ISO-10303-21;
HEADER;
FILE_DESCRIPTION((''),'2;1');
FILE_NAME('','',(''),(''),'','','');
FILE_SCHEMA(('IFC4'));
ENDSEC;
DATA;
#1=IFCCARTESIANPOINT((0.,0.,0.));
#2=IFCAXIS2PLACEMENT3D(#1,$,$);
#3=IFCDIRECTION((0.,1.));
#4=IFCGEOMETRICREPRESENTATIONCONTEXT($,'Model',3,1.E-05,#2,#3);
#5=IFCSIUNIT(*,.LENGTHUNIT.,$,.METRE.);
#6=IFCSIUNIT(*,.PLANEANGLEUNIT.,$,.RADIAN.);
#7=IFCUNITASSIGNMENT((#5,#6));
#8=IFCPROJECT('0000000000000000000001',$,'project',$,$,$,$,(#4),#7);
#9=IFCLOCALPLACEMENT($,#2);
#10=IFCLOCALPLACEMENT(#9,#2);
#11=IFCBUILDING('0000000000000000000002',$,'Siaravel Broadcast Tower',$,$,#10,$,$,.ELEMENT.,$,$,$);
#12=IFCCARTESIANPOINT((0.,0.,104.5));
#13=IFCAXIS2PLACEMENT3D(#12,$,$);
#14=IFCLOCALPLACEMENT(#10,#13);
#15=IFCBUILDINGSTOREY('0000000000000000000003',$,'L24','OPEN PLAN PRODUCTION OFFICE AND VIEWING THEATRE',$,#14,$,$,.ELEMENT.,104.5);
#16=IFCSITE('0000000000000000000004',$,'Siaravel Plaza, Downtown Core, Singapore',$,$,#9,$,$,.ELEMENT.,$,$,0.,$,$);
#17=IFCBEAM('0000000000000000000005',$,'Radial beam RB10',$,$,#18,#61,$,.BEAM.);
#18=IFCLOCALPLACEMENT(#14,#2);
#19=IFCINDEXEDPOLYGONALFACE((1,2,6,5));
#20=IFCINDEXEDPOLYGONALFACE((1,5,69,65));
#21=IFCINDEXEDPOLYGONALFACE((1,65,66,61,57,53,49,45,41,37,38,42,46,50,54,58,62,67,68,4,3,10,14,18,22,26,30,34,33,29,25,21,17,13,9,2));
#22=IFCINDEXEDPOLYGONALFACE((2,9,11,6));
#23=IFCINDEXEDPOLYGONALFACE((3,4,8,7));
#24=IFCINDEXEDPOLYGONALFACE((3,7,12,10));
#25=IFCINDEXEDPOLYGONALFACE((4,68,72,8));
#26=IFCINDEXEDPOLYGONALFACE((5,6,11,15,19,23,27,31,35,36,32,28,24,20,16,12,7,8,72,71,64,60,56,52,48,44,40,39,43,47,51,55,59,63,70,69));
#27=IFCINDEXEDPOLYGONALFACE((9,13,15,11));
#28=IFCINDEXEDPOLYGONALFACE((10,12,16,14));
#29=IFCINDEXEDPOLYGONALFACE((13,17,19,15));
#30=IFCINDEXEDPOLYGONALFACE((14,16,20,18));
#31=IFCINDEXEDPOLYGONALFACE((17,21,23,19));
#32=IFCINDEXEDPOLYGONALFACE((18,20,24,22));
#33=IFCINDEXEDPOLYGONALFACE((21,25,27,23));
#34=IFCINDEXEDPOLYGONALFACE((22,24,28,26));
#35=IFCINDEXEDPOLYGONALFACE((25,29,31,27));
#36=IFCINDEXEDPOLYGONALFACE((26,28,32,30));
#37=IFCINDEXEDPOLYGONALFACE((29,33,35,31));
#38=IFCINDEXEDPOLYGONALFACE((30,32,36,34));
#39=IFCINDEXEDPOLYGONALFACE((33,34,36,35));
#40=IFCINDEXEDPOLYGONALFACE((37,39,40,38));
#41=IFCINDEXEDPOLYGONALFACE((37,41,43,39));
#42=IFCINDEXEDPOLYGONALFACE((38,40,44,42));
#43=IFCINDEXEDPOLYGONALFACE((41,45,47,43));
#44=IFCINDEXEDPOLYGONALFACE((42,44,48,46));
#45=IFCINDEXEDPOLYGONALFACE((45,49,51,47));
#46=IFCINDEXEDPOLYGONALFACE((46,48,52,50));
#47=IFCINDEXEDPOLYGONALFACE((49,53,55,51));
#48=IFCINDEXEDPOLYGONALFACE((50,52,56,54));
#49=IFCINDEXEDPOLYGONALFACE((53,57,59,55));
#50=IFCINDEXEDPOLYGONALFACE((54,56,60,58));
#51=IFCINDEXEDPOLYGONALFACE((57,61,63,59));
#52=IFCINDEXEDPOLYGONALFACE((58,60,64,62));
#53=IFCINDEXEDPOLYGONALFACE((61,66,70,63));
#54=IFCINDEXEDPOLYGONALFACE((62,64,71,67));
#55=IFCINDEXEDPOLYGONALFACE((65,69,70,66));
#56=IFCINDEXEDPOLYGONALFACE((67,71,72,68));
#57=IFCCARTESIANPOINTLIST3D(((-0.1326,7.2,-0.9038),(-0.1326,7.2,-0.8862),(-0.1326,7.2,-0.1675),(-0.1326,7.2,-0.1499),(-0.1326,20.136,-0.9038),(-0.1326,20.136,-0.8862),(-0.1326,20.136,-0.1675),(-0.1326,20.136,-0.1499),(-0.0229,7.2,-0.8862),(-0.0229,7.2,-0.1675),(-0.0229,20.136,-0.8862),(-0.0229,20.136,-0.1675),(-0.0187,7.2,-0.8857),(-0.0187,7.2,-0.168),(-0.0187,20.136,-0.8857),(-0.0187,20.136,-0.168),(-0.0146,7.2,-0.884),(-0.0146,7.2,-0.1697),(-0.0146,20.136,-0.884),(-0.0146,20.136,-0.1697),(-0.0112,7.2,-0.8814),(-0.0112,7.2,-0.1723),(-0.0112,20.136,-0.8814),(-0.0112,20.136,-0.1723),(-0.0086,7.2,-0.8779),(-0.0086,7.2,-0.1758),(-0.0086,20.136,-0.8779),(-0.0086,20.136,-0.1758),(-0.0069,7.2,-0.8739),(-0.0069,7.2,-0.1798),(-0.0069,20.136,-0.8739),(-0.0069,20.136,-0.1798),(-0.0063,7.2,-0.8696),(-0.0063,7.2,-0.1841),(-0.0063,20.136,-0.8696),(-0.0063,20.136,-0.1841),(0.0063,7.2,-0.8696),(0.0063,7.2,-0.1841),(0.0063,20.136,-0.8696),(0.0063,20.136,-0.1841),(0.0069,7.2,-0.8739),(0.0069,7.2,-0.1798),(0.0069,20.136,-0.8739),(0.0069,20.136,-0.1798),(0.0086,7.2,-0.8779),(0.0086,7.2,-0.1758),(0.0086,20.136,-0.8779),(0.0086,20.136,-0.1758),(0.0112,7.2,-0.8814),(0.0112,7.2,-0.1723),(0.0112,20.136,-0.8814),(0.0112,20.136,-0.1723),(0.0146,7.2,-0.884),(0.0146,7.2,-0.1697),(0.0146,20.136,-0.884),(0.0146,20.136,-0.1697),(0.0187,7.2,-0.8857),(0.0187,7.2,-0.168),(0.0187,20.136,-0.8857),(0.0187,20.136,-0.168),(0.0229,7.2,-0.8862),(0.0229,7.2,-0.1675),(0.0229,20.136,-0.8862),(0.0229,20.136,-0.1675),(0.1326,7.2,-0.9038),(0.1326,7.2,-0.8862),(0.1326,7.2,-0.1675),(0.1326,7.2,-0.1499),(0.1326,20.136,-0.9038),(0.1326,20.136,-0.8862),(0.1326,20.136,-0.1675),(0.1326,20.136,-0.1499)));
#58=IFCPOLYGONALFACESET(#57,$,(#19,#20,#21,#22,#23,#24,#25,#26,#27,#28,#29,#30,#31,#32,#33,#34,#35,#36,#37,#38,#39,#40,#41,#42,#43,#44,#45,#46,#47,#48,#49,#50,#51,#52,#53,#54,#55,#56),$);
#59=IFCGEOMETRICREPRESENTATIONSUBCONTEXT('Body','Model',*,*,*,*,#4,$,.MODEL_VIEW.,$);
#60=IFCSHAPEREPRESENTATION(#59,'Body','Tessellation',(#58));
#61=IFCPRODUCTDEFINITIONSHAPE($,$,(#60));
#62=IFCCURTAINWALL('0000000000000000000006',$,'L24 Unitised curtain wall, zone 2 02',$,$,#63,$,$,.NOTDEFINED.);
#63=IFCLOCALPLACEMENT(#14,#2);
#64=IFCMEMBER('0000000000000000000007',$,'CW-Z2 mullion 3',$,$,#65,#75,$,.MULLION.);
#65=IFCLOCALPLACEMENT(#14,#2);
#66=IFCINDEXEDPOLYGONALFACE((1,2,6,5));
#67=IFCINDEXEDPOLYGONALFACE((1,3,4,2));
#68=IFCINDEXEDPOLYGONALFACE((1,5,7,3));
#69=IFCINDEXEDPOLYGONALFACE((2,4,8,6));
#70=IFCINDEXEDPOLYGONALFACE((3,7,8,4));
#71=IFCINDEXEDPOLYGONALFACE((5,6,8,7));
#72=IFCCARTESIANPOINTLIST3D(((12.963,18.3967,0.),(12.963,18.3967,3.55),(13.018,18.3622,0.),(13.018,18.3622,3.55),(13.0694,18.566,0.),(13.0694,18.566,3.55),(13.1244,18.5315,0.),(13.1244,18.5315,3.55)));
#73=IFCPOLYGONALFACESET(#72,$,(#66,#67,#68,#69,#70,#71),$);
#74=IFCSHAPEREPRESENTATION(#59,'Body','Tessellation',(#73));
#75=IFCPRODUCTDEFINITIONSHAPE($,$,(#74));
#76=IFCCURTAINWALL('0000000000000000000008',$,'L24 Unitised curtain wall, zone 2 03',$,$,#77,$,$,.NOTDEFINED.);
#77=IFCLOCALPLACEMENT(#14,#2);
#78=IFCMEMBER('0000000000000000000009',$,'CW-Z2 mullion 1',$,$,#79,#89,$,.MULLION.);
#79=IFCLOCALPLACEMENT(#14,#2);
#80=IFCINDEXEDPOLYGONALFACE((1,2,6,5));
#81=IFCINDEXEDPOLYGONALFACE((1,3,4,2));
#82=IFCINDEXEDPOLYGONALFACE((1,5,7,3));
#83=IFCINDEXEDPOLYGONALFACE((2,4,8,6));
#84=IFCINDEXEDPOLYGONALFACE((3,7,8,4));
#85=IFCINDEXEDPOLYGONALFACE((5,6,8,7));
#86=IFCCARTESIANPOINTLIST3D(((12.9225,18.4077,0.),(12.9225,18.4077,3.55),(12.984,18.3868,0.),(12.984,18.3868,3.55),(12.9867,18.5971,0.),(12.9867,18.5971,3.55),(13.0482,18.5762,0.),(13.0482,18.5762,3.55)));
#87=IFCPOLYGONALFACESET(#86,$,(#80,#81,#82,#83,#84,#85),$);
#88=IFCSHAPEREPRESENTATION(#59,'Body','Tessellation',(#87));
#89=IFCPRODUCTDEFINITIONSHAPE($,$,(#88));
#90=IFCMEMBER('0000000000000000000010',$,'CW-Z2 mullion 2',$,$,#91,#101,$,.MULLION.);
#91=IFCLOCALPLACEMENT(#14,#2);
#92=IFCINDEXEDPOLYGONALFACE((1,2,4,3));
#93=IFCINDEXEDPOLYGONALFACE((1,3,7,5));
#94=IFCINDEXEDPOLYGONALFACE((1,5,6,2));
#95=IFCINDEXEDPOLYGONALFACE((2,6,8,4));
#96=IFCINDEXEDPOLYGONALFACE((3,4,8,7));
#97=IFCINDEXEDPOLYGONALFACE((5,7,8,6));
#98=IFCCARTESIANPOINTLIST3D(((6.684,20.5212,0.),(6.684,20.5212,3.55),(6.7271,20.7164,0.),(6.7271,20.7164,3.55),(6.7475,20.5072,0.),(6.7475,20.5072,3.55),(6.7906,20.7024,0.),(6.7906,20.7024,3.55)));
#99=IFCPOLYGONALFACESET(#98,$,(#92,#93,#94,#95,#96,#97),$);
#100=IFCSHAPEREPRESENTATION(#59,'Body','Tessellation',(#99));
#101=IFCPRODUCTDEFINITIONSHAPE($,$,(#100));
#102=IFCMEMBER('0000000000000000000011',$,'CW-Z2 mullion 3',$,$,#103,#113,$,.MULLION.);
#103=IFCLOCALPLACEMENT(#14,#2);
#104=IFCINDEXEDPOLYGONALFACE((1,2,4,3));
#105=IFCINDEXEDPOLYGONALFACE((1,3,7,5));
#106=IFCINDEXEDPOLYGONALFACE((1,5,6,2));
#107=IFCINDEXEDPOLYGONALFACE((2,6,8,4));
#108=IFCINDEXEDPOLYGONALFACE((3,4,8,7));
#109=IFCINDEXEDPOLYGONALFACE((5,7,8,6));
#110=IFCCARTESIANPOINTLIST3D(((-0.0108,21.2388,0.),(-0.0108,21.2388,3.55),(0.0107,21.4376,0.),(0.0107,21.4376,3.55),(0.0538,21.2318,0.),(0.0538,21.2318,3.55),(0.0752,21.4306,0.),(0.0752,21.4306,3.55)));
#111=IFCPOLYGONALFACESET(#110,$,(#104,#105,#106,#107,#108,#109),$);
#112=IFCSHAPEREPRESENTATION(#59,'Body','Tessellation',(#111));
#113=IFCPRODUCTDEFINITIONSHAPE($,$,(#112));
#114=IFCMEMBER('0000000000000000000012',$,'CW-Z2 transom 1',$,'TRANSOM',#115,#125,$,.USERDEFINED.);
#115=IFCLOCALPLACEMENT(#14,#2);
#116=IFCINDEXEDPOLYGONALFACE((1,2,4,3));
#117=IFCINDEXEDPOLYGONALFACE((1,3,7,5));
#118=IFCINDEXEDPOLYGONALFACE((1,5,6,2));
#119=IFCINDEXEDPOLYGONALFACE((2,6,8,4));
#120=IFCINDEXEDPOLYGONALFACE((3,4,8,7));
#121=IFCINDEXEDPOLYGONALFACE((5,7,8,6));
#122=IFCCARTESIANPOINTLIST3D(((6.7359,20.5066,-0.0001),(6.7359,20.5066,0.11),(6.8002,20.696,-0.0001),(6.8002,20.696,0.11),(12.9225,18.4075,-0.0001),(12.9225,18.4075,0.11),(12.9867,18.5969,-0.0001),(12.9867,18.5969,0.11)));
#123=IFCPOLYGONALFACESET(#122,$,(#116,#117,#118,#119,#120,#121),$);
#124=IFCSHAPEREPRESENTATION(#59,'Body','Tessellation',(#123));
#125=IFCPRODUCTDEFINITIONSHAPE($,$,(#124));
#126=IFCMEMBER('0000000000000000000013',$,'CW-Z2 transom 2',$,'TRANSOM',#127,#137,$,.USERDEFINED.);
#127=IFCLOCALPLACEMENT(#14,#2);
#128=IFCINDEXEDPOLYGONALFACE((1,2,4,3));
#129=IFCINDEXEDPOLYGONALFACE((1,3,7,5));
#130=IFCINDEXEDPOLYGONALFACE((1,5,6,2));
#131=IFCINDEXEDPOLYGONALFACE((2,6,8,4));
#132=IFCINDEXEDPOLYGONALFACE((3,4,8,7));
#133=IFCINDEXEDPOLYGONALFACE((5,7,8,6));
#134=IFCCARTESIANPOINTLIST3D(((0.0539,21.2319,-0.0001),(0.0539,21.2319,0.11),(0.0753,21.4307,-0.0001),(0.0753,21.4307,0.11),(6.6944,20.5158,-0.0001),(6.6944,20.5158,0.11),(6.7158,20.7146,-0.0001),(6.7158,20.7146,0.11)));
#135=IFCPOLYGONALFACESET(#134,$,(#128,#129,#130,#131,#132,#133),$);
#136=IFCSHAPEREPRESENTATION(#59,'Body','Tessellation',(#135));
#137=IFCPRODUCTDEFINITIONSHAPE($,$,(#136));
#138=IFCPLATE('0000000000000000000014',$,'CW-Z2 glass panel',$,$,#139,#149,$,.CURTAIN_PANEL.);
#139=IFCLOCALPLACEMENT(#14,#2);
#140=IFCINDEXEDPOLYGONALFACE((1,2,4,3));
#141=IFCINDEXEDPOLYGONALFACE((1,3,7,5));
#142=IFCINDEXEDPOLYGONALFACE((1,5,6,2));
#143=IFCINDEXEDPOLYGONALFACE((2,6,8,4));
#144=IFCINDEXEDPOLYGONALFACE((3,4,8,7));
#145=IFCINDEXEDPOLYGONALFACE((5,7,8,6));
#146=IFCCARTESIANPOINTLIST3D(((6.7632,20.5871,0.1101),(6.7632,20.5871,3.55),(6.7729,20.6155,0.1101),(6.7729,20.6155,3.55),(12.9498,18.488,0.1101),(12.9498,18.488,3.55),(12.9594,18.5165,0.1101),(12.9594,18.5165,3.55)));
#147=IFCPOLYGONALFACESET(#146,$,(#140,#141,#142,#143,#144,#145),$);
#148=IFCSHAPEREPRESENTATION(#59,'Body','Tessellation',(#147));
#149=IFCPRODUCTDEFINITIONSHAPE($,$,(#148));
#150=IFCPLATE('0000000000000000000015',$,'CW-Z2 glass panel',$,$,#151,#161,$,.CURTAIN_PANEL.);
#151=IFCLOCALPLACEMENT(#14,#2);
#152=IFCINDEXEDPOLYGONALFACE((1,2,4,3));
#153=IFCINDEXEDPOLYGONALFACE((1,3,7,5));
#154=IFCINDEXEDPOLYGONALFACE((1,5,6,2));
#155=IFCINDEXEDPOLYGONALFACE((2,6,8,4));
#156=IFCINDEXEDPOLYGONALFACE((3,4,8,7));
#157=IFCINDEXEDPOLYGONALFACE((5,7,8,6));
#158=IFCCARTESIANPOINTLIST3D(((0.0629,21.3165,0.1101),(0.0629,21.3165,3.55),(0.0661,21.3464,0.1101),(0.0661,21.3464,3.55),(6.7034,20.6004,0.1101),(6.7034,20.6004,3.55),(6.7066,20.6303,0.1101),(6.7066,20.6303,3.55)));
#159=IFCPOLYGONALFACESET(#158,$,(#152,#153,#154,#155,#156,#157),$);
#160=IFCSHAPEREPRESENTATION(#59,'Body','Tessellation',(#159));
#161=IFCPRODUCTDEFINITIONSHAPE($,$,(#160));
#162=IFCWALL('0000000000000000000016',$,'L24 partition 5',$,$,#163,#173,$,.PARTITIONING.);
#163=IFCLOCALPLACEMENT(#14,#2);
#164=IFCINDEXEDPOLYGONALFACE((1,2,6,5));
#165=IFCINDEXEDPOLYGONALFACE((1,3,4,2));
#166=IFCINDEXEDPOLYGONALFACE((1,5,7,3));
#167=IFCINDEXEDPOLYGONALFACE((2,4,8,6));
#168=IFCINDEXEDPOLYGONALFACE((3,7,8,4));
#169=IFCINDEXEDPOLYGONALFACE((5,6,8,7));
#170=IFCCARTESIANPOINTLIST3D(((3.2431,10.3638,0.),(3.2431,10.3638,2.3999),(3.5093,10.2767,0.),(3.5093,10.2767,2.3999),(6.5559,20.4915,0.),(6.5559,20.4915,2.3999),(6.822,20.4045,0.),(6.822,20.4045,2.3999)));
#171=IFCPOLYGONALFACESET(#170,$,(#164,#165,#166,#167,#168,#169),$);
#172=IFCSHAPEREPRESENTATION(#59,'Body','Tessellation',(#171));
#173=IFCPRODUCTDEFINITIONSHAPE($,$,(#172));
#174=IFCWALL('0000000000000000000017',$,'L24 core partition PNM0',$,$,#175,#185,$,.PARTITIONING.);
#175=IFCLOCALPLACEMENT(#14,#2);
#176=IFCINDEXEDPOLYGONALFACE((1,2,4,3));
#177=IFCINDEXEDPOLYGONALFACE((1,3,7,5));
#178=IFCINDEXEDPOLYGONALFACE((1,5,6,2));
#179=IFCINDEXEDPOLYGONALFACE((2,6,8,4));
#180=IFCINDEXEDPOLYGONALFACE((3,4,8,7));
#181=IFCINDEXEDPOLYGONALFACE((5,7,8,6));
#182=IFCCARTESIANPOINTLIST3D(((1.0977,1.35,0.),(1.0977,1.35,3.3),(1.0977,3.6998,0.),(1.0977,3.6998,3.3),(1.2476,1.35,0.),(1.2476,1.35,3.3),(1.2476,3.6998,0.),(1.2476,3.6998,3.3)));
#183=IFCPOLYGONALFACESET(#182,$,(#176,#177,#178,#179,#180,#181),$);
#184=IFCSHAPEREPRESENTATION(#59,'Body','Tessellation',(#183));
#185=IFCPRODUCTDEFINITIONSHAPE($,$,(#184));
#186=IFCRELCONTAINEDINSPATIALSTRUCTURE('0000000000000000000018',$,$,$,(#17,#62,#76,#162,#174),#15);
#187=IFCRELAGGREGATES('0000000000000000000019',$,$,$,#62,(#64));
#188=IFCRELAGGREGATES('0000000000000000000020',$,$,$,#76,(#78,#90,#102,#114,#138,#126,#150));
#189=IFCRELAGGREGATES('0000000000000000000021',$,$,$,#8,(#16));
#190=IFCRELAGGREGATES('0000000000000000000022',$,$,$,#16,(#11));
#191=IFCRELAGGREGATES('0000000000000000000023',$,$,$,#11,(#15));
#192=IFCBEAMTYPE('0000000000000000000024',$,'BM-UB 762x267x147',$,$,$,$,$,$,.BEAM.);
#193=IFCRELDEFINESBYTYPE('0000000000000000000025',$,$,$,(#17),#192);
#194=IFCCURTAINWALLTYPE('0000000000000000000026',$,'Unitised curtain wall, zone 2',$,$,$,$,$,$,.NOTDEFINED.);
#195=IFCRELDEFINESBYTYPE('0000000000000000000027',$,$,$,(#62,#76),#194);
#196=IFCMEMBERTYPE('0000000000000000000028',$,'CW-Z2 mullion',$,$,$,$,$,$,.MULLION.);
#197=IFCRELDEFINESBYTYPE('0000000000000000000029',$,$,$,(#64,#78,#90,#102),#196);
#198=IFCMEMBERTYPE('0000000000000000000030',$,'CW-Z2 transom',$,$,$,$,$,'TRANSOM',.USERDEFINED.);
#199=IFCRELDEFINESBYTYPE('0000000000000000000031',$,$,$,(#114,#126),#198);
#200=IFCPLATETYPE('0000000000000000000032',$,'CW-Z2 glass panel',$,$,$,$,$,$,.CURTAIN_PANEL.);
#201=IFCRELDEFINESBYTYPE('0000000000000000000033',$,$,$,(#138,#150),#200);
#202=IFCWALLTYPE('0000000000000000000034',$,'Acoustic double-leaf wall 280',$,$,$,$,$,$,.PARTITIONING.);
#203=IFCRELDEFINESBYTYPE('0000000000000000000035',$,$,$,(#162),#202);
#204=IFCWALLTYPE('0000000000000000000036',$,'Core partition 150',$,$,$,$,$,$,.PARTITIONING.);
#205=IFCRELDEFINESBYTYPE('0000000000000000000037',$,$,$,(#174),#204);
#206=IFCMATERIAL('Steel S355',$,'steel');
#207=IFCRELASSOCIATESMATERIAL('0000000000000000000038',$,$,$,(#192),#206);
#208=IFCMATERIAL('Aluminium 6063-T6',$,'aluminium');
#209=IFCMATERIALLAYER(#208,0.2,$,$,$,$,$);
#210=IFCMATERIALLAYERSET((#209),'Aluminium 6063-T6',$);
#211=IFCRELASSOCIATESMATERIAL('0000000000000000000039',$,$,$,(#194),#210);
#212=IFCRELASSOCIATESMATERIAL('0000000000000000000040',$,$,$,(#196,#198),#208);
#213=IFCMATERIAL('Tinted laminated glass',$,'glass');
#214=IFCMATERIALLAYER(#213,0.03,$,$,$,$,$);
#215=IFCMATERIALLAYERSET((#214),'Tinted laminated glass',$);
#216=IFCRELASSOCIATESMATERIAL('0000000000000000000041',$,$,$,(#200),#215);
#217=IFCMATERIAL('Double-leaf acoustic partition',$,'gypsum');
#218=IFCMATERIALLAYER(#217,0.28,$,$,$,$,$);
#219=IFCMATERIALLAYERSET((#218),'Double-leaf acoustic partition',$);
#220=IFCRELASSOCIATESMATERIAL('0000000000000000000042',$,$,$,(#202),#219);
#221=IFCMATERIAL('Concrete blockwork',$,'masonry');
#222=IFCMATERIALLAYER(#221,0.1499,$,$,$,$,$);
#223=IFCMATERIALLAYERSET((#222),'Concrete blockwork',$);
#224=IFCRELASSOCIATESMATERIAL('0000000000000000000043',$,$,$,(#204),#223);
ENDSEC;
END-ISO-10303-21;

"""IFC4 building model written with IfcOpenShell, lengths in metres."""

from ifc_helpers import new_model, si_unit, direction, frame, frame_2d, origin, origin_2d, place, context, subcontext, project, spatial, rectangle, i_section, extrude, material, layer, layer_set, material_profile, profile_set, type_object, element, aggregate, save


model = new_model("IFC4")

# Units and contexts
model_context = context("Model", 3, precision=1e-05, world=origin(), true_north=direction((0.0, 1.0)))
body_context = subcontext(model_context, "Body", "Model", "MODEL_VIEW")
ifc_project = project(units=[si_unit("LENGTHUNIT", "METRE"), si_unit("PLANEANGLEUNIT", "RADIAN")], contexts=[model_context])

# Site, building, storey
site_placement = place(None, origin())
site = spatial("IfcSite", under=ifc_project, at=site_placement, Name="Siaravel Plaza, Downtown Core, Singapore", CompositionType="ELEMENT", RefElevation=0.0)
building_placement = place(site_placement, origin())
building = spatial("IfcBuilding", under=site, at=building_placement, Name="Siaravel Broadcast Tower", CompositionType="ELEMENT")
storey_placement = place(building_placement, frame((0.0, 0.0, 104.5)))
storey = spatial("IfcBuildingStorey", under=building, at=storey_placement, Name="L24", Description="OPEN PLAN PRODUCTION OFFICE AND VIEWING THEATRE", CompositionType="ELEMENT", Elevation=104.5)

# Beam
ifc_material_1 = material(Name="Steel S355", Category="steel")
ifc_material_profile_1 = material_profile(ifc_material_1, i_section(OverallWidth=0.2651, OverallDepth=0.7539, WebThickness=0.0127, FlangeThickness=0.0176, FilletRadius=0.0166, at=origin_2d()))
ifc_profile_set_1 = profile_set([ifc_material_profile_1], Name="Steel S355")
beam_type = type_object("IfcBeamType", Name="BM-UB 762x267x147", PredefinedType="BEAM", material=ifc_profile_set_1)
beam_1_placement = place(storey_placement, frame((0.0, 20.136, -0.5269), z_axis=(0.0, -1.0, 0.0), x_axis=(1.0, 0.0, 0.0)))
element("IfcBeam", 1, at=beam_1_placement, inside=storey, type_object=beam_type, Name="Radial beam RB10", PredefinedType="BEAM", context=body_context, shape_type="SweptSolid", body=[
    extrude(i_section(OverallWidth=0.2651, OverallDepth=0.7539, WebThickness=0.0127, FlangeThickness=0.0176, FilletRadius=0.0166, at=origin_2d()), origin(), (0.0, 0.0, 1.0), 12.936),
])

# Curtain wall, member
ifc_material_2 = material(Name="Aluminium 6063-T6", Category="aluminium")
ifc_layer_1 = layer(ifc_material_2, 0.2)
ifc_layer_set_1 = layer_set([ifc_layer_1], Name="Aluminium 6063-T6")
curtain_wall_type = type_object("IfcCurtainWallType", Name="Unitised curtain wall, zone 2", PredefinedType="NOTDEFINED", material=ifc_layer_set_1)
curtain_wall_1_placement = place(storey_placement, origin())
curtain_wall_1 = element("IfcCurtainWall", 2, at=curtain_wall_1_placement, inside=storey, type_object=curtain_wall_type, Name="L24 Unitised curtain wall, zone 2 02", PredefinedType="NOTDEFINED")
ifc_material_profile_2 = material_profile(ifc_material_2, rectangle(XDim=0.2, YDim=0.0649, at=origin_2d()))
ifc_profile_set_2 = profile_set([ifc_material_profile_2], Name="Aluminium 6063-T6")
member_type_1 = type_object("IfcMemberType", Name="CW-Z2 mullion", PredefinedType="MULLION", material=ifc_profile_set_2)
member_1_placement = place(storey_placement, frame((13.0437, 18.4641, 0.0), z_axis=(0.0, 0.0, 1.0), x_axis=(-0.532149, -0.846651, 0.0)))
member_1 = element("IfcMember", 3, at=member_1_placement, type_object=member_type_1, Name="CW-Z2 mullion 3", PredefinedType="MULLION", context=body_context, shape_type="SweptSolid", body=[
    extrude(rectangle(XDim=0.2, YDim=0.0649, at=origin_2d()), origin(), (0.0, 0.0, 1.0), 3.55),
])
aggregate(curtain_wall_1, [member_1])

# Curtain wall, members, plates
curtain_wall_2_placement = place(storey_placement, origin())
curtain_wall_2 = element("IfcCurtainWall", 4, at=curtain_wall_2_placement, inside=storey, type_object=curtain_wall_type, Name="L24 Unitised curtain wall, zone 2 03", PredefinedType="NOTDEFINED")
member_2_placement = place(storey_placement, frame((12.9854, 18.4919, 0.0), z_axis=(0.0, 0.0, 1.0), x_axis=(-0.3213, -0.946977, 0.0)))
member_2 = element("IfcMember", 5, at=member_2_placement, type_object=member_type_1, Name="CW-Z2 mullion 1", PredefinedType="MULLION", context=body_context, shape_type="SweptSolid", body=[
    extrude(rectangle(XDim=0.2, YDim=0.0649, at=origin_2d()), origin(), (0.0, 0.0, 1.0), 3.55),
])
member_3_placement = place(storey_placement, frame((6.7373, 20.6118, 0.0), z_axis=(0.0, 0.0, 1.0), x_axis=(-0.215558, -0.976491, 0.0)))
member_3 = element("IfcMember", 6, at=member_3_placement, type_object=member_type_1, Name="CW-Z2 mullion 2", PredefinedType="MULLION", context=body_context, shape_type="SweptSolid", body=[
    extrude(rectangle(XDim=0.2, YDim=0.0649, at=origin_2d()), origin(), (0.0, 0.0, 1.0), 3.55),
])
member_4_placement = place(storey_placement, frame((0.0322, 21.3347, 0.0), z_axis=(0.0, 0.0, 1.0), x_axis=(-0.107217, -0.994236, 0.0)))
member_4 = element("IfcMember", 7, at=member_4_placement, type_object=member_type_1, Name="CW-Z2 mullion 3", PredefinedType="MULLION", context=body_context, shape_type="SweptSolid", body=[
    extrude(rectangle(XDim=0.2, YDim=0.0649, at=origin_2d()), origin(), (0.0, 0.0, 1.0), 3.55),
])
ifc_material_profile_3 = material_profile(ifc_material_2, rectangle(XDim=0.2, YDim=0.1101, at=origin_2d()))
ifc_profile_set_3 = profile_set([ifc_material_profile_3], Name="Aluminium 6063-T6")
member_type_2 = type_object("IfcMemberType", Name="CW-Z2 transom", ElementType="TRANSOM", PredefinedType="USERDEFINED", material=ifc_profile_set_3)
member_5_placement = place(storey_placement, frame((12.9546, 18.5022, 0.0549), z_axis=(-0.946973, 0.321313, 0.0), x_axis=(-0.321313, -0.946973, 0.0)))
member_5 = element("IfcMember", 8, at=member_5_placement, type_object=member_type_2, Name="CW-Z2 transom 1", ObjectType="TRANSOM", PredefinedType="USERDEFINED", context=body_context, shape_type="SweptSolid", body=[
    extrude(rectangle(XDim=0.2, YDim=0.1101, at=origin_2d()), origin(), (0.0, 0.0, 1.0), 6.533),
])
member_6_placement = place(storey_placement, frame((6.7051, 20.6152, 0.0549), z_axis=(-0.994236, 0.107213, 0.0), x_axis=(-0.107213, -0.994236, 0.0)))
member_6 = element("IfcMember", 9, at=member_6_placement, type_object=member_type_2, Name="CW-Z2 transom 2", ObjectType="TRANSOM", PredefinedType="USERDEFINED", context=body_context, shape_type="SweptSolid", body=[
    extrude(rectangle(XDim=0.2, YDim=0.1101, at=origin_2d()), origin(), (0.0, 0.0, 1.0), 6.679),
])
ifc_material_3 = material(Name="Tinted laminated glass", Category="glass")
ifc_layer_2 = layer(ifc_material_3, 0.03)
ifc_layer_set_2 = layer_set([ifc_layer_2], Name="Tinted laminated glass")
plate_type = type_object("IfcPlateType", Name="CW-Z2 glass panel", PredefinedType="CURTAIN_PANEL", material=ifc_layer_set_2)
plate_1_placement = place(storey_placement, frame((9.8613, 19.5518, 0.1101), z_axis=(0.0, 0.0, 1.0), x_axis=(-0.946977, 0.3213, 0.0)))
plate_1 = element("IfcPlate", 10, at=plate_1_placement, type_object=plate_type, Name="CW-Z2 glass panel", PredefinedType="CURTAIN_PANEL", context=body_context, shape_type="SweptSolid", body=[
    extrude(rectangle(XDim=6.533, YDim=0.03, at=origin_2d()), origin(), (0.0, 0.0, 1.0), 3.4399),
])
plate_2_placement = place(storey_placement, frame((3.3848, 20.9734, 0.1101), z_axis=(0.0, 0.0, 1.0), x_axis=(-0.994236, 0.107217, 0.0)))
plate_2 = element("IfcPlate", 11, at=plate_2_placement, type_object=plate_type, Name="CW-Z2 glass panel", PredefinedType="CURTAIN_PANEL", context=body_context, shape_type="SweptSolid", body=[
    extrude(rectangle(XDim=6.679, YDim=0.03, at=origin_2d()), origin(), (0.0, 0.0, 1.0), 3.4399),
])
aggregate(curtain_wall_2, [member_2, member_3, member_4, member_5, plate_1, member_6, plate_2])

# Walls
ifc_material_4 = material(Name="Double-leaf acoustic partition", Category="gypsum")
ifc_layer_3 = layer(ifc_material_4, 0.28)
ifc_layer_set_3 = layer_set([ifc_layer_3], Name="Double-leaf acoustic partition")
wall_type_1 = type_object("IfcWallType", Name="Acoustic double-leaf wall 280", PredefinedType="PARTITIONING", material=ifc_layer_set_3)
wall_1_placement = place(storey_placement, frame((6.689, 20.448, 0.0), z_axis=(0.0, 0.0, 1.0), x_axis=(-0.310889, -0.950446, 0.0)))
element("IfcWall", 12, at=wall_1_placement, inside=storey, type_object=wall_type_1, Name="L24 partition 5", PredefinedType="PARTITIONING", context=body_context, shape_type="SweptSolid", body=[
    extrude(rectangle(XDim=10.6558, YDim=0.28, at=frame_2d((5.3279, 0.0))), origin(), (0.0, 0.0, 1.0), 2.3999),
])
ifc_material_5 = material(Name="Concrete blockwork", Category="masonry")
ifc_layer_4 = layer(ifc_material_5, 0.1499)
ifc_layer_set_4 = layer_set([ifc_layer_4], Name="Concrete blockwork")
wall_type_2 = type_object("IfcWallType", Name="Core partition 150", PredefinedType="PARTITIONING", material=ifc_layer_set_4)
wall_2_placement = place(storey_placement, frame((1.1726, 1.3501, 0.0), z_axis=(0.0, 0.0, 1.0), x_axis=(0.0, 1.0, 0.0)))
element("IfcWall", 13, at=wall_2_placement, inside=storey, type_object=wall_type_2, Name="L24 core partition PNM0", PredefinedType="PARTITIONING", context=body_context, shape_type="SweptSolid", body=[
    extrude(rectangle(XDim=2.3499, YDim=0.1499, at=frame_2d((1.1748, 0.0))), origin(), (0.0, 0.0, 1.0), 3.3),
])

save(model, "model.ifc")
